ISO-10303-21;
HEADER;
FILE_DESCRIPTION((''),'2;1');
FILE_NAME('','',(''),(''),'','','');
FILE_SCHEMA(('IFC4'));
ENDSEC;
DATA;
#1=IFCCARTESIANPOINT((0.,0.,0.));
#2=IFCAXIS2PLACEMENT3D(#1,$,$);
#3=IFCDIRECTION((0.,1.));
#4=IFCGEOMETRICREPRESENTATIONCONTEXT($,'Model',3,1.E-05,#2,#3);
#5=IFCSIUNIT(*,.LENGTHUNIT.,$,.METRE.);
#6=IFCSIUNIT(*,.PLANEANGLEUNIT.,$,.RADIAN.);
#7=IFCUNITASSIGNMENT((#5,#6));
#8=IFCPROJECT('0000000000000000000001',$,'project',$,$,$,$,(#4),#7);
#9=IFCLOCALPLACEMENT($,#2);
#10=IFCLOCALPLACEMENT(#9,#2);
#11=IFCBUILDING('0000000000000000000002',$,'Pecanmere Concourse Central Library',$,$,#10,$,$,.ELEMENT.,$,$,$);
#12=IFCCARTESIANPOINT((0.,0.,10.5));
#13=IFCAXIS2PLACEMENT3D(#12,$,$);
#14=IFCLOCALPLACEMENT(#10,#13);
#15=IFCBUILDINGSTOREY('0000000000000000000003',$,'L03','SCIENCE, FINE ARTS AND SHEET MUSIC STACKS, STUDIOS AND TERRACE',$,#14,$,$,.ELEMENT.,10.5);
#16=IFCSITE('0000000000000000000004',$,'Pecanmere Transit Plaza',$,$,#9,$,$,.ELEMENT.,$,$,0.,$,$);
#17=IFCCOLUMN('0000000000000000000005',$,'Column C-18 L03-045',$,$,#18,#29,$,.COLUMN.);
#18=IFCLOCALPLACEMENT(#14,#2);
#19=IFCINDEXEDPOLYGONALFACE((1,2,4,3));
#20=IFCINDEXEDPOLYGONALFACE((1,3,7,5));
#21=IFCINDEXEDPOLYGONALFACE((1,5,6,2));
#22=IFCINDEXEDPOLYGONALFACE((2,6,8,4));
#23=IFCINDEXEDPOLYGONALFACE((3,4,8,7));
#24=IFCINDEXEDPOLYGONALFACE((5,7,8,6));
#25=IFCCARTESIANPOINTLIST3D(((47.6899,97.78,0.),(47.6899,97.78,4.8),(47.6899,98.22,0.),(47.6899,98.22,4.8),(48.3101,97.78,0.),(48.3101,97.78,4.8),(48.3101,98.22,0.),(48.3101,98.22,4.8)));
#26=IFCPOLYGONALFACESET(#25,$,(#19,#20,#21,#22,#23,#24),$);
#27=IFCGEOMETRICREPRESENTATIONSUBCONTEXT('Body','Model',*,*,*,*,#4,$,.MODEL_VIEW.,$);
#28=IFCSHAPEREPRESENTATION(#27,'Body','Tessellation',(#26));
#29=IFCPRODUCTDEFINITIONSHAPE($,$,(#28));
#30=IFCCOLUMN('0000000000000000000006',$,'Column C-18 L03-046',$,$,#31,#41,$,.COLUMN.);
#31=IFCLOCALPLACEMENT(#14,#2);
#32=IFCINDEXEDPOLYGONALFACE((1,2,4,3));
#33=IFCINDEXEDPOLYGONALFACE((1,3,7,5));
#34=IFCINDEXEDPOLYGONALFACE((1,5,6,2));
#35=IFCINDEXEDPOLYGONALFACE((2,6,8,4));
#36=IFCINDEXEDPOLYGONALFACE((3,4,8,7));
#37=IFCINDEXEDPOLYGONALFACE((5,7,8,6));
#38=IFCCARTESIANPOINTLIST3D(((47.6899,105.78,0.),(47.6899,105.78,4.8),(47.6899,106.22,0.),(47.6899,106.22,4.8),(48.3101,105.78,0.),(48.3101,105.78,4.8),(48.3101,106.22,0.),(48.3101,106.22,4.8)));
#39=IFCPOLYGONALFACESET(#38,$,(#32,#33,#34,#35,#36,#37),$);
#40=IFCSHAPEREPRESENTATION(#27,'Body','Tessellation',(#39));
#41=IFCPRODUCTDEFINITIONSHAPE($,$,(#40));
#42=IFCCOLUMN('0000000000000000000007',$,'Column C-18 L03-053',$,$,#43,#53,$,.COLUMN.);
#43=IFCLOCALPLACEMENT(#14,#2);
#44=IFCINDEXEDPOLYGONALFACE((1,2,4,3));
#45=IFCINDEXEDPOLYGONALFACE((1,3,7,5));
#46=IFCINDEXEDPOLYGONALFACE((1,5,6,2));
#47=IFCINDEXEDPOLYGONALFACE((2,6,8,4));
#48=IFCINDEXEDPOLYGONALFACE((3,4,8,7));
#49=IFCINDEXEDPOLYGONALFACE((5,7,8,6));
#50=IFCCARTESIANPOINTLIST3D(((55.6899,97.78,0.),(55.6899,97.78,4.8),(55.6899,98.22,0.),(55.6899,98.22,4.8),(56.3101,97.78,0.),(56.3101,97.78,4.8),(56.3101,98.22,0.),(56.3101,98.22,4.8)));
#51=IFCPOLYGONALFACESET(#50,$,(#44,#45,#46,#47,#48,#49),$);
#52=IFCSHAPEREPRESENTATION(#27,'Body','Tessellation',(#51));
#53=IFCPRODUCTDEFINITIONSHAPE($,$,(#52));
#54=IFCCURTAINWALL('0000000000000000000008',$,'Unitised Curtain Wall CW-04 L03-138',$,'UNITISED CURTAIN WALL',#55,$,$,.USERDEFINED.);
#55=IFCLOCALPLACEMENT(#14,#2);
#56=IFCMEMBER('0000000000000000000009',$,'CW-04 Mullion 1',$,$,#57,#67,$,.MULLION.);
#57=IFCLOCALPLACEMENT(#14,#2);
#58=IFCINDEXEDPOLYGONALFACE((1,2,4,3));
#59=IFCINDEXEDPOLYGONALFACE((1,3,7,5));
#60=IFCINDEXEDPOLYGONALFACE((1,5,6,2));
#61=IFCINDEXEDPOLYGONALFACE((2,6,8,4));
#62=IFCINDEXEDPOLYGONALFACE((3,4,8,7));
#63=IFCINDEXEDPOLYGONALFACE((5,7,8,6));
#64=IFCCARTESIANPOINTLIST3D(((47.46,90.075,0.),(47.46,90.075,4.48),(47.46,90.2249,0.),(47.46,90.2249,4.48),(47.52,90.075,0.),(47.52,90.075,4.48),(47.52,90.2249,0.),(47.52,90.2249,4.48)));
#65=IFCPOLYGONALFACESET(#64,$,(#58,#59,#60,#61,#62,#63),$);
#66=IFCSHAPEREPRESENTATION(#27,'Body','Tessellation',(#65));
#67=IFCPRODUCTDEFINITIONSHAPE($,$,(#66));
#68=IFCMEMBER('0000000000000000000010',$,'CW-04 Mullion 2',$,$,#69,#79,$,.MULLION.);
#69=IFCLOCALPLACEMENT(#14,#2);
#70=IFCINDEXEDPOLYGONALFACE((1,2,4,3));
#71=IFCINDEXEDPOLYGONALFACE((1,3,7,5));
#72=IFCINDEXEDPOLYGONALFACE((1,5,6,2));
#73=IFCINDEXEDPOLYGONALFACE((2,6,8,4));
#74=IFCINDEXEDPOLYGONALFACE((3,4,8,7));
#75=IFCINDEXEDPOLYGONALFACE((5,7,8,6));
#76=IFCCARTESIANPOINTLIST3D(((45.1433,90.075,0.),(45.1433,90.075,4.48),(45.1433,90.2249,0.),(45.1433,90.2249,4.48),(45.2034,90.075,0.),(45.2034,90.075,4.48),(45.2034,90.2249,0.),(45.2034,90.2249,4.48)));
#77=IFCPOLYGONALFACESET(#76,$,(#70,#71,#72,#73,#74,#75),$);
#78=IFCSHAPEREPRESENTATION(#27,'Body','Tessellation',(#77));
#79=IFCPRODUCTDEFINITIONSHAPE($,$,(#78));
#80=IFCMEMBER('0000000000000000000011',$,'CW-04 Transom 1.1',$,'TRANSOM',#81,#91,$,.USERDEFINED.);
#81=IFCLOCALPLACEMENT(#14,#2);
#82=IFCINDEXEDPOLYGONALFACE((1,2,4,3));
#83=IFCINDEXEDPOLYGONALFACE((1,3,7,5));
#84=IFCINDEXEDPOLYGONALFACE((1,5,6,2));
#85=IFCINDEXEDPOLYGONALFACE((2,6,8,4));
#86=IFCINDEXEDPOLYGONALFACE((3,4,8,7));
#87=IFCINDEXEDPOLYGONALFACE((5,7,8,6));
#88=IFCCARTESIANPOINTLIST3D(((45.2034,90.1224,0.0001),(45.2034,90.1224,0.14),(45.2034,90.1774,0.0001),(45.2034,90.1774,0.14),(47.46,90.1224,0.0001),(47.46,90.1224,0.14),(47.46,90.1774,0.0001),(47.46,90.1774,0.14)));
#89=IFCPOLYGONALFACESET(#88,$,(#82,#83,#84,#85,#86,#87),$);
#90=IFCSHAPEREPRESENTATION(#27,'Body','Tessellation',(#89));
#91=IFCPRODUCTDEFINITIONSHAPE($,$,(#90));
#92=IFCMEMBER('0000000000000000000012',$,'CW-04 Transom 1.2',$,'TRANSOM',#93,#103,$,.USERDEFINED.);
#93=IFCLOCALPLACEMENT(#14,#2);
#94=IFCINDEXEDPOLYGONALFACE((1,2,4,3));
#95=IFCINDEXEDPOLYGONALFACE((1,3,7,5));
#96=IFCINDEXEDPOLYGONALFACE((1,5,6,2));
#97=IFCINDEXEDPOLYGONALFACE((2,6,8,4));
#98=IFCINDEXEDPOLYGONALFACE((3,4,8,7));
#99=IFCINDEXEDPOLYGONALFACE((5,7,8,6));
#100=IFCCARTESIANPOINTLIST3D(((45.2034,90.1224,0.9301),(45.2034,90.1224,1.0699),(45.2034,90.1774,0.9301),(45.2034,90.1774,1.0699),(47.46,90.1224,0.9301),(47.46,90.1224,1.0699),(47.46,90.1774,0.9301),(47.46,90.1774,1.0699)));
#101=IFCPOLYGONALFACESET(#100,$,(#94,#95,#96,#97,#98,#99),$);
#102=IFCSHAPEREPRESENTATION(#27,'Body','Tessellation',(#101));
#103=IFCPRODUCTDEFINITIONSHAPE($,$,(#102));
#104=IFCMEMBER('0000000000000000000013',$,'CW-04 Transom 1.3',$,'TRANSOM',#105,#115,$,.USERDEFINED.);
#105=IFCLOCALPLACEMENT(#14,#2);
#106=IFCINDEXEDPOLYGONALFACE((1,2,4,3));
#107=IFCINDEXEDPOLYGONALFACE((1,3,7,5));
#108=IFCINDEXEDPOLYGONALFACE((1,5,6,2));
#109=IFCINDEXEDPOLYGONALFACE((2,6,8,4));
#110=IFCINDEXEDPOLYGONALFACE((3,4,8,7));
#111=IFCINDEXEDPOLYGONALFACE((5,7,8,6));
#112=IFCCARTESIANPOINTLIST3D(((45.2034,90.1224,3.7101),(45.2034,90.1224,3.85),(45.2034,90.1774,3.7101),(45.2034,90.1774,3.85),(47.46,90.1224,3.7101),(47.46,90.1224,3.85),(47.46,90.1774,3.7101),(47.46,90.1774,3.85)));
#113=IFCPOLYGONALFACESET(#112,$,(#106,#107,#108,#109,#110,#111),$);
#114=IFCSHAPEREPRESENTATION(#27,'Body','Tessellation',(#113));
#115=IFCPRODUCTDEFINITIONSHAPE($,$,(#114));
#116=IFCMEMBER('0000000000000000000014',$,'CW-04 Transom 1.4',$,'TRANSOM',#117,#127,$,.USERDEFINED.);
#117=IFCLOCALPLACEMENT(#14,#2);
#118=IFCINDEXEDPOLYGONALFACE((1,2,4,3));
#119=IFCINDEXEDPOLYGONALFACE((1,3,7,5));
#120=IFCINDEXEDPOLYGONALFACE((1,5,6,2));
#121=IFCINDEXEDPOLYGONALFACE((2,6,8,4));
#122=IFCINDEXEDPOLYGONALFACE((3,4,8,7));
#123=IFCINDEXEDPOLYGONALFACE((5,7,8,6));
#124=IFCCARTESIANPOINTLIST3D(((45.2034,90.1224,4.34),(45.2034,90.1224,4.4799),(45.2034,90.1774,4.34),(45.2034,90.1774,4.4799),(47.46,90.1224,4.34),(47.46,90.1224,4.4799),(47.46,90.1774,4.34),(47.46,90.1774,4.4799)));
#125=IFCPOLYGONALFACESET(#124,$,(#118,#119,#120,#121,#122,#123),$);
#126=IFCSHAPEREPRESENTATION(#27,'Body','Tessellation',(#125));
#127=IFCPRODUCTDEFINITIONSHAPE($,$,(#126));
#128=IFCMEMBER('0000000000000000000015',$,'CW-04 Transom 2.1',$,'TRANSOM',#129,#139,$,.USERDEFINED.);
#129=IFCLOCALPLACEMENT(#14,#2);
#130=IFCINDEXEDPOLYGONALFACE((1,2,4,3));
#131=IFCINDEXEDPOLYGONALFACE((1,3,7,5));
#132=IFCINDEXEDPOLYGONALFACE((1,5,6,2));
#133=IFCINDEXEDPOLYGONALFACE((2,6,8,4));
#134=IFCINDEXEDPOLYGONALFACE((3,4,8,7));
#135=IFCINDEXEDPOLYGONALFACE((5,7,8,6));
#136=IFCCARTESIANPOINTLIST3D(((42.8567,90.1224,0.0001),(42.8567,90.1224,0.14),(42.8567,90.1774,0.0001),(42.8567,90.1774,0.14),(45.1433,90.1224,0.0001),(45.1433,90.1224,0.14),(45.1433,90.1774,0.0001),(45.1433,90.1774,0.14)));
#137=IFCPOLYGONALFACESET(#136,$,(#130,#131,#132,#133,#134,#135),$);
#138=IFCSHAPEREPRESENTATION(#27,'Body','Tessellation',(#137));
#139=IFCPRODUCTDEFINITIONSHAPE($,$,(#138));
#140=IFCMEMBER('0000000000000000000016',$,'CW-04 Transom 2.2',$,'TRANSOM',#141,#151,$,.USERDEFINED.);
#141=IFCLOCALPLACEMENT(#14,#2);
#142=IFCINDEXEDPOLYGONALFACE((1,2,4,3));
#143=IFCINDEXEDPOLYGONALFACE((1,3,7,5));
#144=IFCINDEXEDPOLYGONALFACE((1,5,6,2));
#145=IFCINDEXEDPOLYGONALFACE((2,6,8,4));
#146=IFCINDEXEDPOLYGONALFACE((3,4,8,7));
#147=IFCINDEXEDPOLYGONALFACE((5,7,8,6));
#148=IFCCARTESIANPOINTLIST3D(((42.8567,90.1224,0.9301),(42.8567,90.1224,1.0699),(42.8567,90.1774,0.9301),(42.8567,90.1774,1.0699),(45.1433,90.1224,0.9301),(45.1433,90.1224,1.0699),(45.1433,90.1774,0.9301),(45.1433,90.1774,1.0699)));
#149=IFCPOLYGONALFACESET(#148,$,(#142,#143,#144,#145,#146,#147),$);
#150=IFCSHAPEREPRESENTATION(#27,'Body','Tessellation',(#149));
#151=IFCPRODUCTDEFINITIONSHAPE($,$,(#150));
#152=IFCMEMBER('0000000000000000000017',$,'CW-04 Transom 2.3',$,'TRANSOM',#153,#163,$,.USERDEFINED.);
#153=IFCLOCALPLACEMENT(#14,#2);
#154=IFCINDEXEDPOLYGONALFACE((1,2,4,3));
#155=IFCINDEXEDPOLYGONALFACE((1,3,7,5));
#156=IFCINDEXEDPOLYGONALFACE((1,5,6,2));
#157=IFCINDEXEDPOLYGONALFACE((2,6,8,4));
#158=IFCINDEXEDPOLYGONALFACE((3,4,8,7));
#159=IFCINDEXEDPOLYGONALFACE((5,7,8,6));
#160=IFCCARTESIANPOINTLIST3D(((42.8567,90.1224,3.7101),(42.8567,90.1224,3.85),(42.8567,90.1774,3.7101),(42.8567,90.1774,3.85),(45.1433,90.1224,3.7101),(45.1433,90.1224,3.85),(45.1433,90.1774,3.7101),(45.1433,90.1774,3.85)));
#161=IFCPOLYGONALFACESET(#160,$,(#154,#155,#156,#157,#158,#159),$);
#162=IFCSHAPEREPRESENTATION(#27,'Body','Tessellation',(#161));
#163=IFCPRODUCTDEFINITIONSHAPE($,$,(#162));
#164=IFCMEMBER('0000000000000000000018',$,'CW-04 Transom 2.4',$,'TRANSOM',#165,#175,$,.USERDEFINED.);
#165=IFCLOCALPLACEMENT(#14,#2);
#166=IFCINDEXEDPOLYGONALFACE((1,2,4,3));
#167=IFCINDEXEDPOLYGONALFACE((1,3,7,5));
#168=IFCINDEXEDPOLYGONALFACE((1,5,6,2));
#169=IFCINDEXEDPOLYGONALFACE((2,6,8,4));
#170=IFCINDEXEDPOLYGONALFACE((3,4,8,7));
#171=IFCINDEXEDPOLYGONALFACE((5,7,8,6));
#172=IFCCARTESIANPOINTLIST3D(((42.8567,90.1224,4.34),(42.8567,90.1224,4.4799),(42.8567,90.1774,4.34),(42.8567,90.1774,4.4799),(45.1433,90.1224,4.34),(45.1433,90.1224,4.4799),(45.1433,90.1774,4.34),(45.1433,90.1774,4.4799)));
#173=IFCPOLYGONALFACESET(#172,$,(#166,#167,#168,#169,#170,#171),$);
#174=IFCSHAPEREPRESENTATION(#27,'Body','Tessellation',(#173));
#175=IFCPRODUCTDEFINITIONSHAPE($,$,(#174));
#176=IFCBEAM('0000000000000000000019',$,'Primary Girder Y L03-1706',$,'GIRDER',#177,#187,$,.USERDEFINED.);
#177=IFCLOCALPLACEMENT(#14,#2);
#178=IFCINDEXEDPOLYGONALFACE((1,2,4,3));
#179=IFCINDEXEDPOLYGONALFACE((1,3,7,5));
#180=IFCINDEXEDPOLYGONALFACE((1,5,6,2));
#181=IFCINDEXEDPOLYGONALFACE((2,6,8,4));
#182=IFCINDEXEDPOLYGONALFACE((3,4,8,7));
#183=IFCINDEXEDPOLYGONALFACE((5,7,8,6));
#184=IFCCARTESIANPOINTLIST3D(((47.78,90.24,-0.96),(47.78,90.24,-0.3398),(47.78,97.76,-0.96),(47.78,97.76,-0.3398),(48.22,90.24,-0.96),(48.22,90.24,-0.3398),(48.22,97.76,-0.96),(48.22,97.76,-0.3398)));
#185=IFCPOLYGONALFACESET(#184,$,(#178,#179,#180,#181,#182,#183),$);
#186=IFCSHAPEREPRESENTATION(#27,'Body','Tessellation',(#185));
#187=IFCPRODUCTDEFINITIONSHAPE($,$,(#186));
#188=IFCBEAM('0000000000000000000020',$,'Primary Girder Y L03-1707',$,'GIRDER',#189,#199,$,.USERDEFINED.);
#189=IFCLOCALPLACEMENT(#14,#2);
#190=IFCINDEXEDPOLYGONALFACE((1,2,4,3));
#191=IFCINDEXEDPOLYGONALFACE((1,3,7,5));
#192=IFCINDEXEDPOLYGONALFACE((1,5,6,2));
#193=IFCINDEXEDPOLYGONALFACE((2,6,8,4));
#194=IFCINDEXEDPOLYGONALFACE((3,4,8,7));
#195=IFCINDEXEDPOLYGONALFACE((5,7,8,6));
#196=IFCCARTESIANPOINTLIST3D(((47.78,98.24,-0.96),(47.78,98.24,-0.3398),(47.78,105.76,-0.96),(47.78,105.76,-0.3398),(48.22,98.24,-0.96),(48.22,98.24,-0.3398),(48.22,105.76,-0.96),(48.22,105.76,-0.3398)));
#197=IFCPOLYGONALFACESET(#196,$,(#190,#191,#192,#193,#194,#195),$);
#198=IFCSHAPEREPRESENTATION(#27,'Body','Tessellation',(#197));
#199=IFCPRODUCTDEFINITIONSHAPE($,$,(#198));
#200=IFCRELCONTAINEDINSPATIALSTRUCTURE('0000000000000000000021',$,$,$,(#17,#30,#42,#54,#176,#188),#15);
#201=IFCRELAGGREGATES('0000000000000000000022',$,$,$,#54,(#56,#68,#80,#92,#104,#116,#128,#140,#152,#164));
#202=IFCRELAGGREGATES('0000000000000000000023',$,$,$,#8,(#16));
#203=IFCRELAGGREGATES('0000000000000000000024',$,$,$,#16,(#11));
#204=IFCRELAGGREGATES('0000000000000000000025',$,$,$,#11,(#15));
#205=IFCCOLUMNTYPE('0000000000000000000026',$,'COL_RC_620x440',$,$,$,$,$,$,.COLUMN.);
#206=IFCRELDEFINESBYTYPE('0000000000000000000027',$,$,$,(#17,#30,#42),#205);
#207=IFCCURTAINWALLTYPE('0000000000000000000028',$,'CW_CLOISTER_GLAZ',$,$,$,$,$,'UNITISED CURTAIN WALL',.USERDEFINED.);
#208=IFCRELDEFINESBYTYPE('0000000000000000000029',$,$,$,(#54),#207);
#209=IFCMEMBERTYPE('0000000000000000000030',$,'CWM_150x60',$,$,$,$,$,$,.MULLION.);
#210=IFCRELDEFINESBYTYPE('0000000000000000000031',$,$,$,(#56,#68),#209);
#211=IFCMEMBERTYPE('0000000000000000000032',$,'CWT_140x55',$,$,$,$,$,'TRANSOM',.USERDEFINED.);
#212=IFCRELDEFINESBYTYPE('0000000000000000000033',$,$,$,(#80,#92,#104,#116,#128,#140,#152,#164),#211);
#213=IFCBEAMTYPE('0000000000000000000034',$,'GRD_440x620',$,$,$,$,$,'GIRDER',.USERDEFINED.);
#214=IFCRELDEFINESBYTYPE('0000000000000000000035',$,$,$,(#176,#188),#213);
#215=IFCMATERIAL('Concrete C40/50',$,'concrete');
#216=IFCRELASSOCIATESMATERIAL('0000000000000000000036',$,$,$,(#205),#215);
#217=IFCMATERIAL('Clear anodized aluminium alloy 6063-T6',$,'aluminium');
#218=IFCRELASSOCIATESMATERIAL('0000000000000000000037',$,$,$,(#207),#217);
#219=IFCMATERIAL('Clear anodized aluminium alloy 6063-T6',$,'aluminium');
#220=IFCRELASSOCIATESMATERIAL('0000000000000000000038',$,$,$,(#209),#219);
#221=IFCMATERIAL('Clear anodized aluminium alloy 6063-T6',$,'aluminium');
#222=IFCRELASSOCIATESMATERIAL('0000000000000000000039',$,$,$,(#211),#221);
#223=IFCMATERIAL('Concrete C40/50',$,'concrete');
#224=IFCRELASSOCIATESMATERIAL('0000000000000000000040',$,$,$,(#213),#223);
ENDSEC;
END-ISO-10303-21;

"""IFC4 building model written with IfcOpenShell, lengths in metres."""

from ifc_helpers import new_model, si_unit, direction, frame, origin, origin_2d, place, context, subcontext, project, spatial, rectangle, extrude, material, material_profile, profile_set, type_object, element, aggregate, save


model = new_model("IFC4")

# Units and contexts
model_context = context("Model", 3, precision=1e-05, world=origin(), true_north=direction((0.0, 1.0)))
body_context = subcontext(model_context, "Body", "Model", "MODEL_VIEW")
ifc_project = project(units=[si_unit("LENGTHUNIT", "METRE"), si_unit("PLANEANGLEUNIT", "RADIAN")], contexts=[model_context])

# Site, building, storey
site_placement = place(None, origin())
site = spatial("IfcSite", under=ifc_project, at=site_placement, Name="Pecanmere Transit Plaza", CompositionType="ELEMENT", RefElevation=0.0)
building_placement = place(site_placement, origin())
building = spatial("IfcBuilding", under=site, at=building_placement, Name="Pecanmere Concourse Central Library", CompositionType="ELEMENT")
storey_placement = place(building_placement, frame((0.0, 0.0, 10.5)))
storey = spatial("IfcBuildingStorey", under=building, at=storey_placement, Name="L03", Description="SCIENCE, FINE ARTS AND SHEET MUSIC STACKS, STUDIOS AND TERRACE", CompositionType="ELEMENT", Elevation=10.5)

# Columns
ifc_material_1 = material(Name="Concrete C40/50", Category="concrete")
ifc_material_profile_1 = material_profile(ifc_material_1, rectangle(XDim=0.6201, YDim=0.4399, at=origin_2d()), Name="RC 620x440")
ifc_profile_set_1 = profile_set([ifc_material_profile_1], Name="Concrete C40/50")
column_type = type_object("IfcColumnType", Name="COL_RC_620x440", PredefinedType="COLUMN", material=ifc_profile_set_1)
for number, where, z_axis, x_axis, name in (
    (1, (48.0, 98.0, 0.0), (0.0, 0.0, 1.0), (1.0, 0.0, 0.0), "Column C-18 L03-045"),
    (2, (48.0, 106.0, 0.0), (0.0, 0.0, 1.0), (1.0, 0.0, 0.0), "Column C-18 L03-046"),
    (3, (56.0, 98.0, 0.0), (0.0, 0.0, 1.0), (1.0, 0.0, 0.0), "Column C-18 L03-053"),
):
    element("IfcColumn", number, at=place(storey_placement, frame(where, z_axis=z_axis, x_axis=x_axis)), inside=storey, type_object=column_type, Name=name, PredefinedType="COLUMN", context=body_context, shape_type="SweptSolid", body=[
        extrude(rectangle(XDim=0.6201, YDim=0.4399, at=origin_2d()), origin(), (0.0, 0.0, 1.0), 4.8),
    ])

# Curtain wall, members
ifc_material_2 = material(Name="Clear anodized aluminium alloy 6063-T6", Category="aluminium")
curtain_wall_type = type_object("IfcCurtainWallType", Name="CW_CLOISTER_GLAZ", ElementType="UNITISED CURTAIN WALL", PredefinedType="USERDEFINED", material=ifc_material_2)
curtain_wall_placement = place(storey_placement, origin())
curtain_wall = element("IfcCurtainWall", 4, at=curtain_wall_placement, inside=storey, type_object=curtain_wall_type, Name="Unitised Curtain Wall CW-04 L03-138", ObjectType="UNITISED CURTAIN WALL", PredefinedType="USERDEFINED")
ifc_material_3 = material(Name="Clear anodized aluminium alloy 6063-T6", Category="aluminium")
ifc_material_profile_2 = material_profile(ifc_material_3, rectangle(XDim=0.0601, YDim=0.1499, at=origin_2d()), Name="AL 60x150")
ifc_profile_set_2 = profile_set([ifc_material_profile_2], Name="Clear anodized aluminium alloy 6063-T6")
member_type_1 = type_object("IfcMemberType", Name="CWM_150x60", PredefinedType="MULLION", material=ifc_profile_set_2)
member_1_placement = place(storey_placement, frame((47.49, 90.1499, 0.0), z_axis=(0.0, 0.0, 1.0), x_axis=(-1.0, 0.0, 0.0)))
member_1 = element("IfcMember", 5, at=member_1_placement, type_object=member_type_1, Name="CW-04 Mullion 1", PredefinedType="MULLION", context=body_context, shape_type="SweptSolid", body=[
    extrude(rectangle(XDim=0.0601, YDim=0.1499, at=origin_2d()), origin(), (0.0, 0.0, 1.0), 4.48),
])
member_2_placement = place(storey_placement, frame((45.1733, 90.1499, 0.0), z_axis=(0.0, 0.0, 1.0), x_axis=(-1.0, 0.0, 0.0)))
member_2 = element("IfcMember", 6, at=member_2_placement, type_object=member_type_1, Name="CW-04 Mullion 2", PredefinedType="MULLION", context=body_context, shape_type="SweptSolid", body=[
    extrude(rectangle(XDim=0.0601, YDim=0.1499, at=origin_2d()), origin(), (0.0, 0.0, 1.0), 4.48),
])
ifc_material_4 = material(Name="Clear anodized aluminium alloy 6063-T6", Category="aluminium")
ifc_material_profile_3 = material_profile(ifc_material_4, rectangle(XDim=0.0549, YDim=0.1399, at=origin_2d()), Name="AL 55x140")
ifc_profile_set_3 = profile_set([ifc_material_profile_3], Name="Clear anodized aluminium alloy 6063-T6")
member_type_2 = type_object("IfcMemberType", Name="CWT_140x55", ElementType="TRANSOM", PredefinedType="USERDEFINED", material=ifc_profile_set_3)
member_3_placement = place(storey_placement, frame((47.46, 90.1499, 0.0701), z_axis=(-1.0, 0.0, 0.0), x_axis=(0.0, -1.0, 0.0)))
member_3 = element("IfcMember", 7, at=member_3_placement, type_object=member_type_2, Name="CW-04 Transom 1.1", ObjectType="TRANSOM", PredefinedType="USERDEFINED", context=body_context, shape_type="SweptSolid", body=[
    extrude(rectangle(XDim=0.0549, YDim=0.1399, at=origin_2d()), origin(), (0.0, 0.0, 1.0), 2.2566),
])
member_4_placement = place(storey_placement, frame((47.46, 90.1499, 1.0), z_axis=(-1.0, 0.0, 0.0), x_axis=(0.0, -1.0, 0.0)))
member_4 = element("IfcMember", 8, at=member_4_placement, type_object=member_type_2, Name="CW-04 Transom 1.2", ObjectType="TRANSOM", PredefinedType="USERDEFINED", context=body_context, shape_type="SweptSolid", body=[
    extrude(rectangle(XDim=0.0549, YDim=0.1399, at=origin_2d()), origin(), (0.0, 0.0, 1.0), 2.2566),
])
member_5_placement = place(storey_placement, frame((47.46, 90.1499, 3.78), z_axis=(-1.0, 0.0, 0.0), x_axis=(0.0, -1.0, 0.0)))
member_5 = element("IfcMember", 9, at=member_5_placement, type_object=member_type_2, Name="CW-04 Transom 1.3", ObjectType="TRANSOM", PredefinedType="USERDEFINED", context=body_context, shape_type="SweptSolid", body=[
    extrude(rectangle(XDim=0.0549, YDim=0.1399, at=origin_2d()), origin(), (0.0, 0.0, 1.0), 2.2566),
])
member_6_placement = place(storey_placement, frame((47.46, 90.1499, 4.4099), z_axis=(-1.0, 0.0, 0.0), x_axis=(0.0, -1.0, 0.0)))
member_6 = element("IfcMember", 10, at=member_6_placement, type_object=member_type_2, Name="CW-04 Transom 1.4", ObjectType="TRANSOM", PredefinedType="USERDEFINED", context=body_context, shape_type="SweptSolid", body=[
    extrude(rectangle(XDim=0.0549, YDim=0.1399, at=origin_2d()), origin(), (0.0, 0.0, 1.0), 2.2566),
])
member_7_placement = place(storey_placement, frame((45.1433, 90.1499, 0.0701), z_axis=(-1.0, 0.0, 0.0), x_axis=(0.0, -1.0, 0.0)))
member_7 = element("IfcMember", 11, at=member_7_placement, type_object=member_type_2, Name="CW-04 Transom 2.1", ObjectType="TRANSOM", PredefinedType="USERDEFINED", context=body_context, shape_type="SweptSolid", body=[
    extrude(rectangle(XDim=0.0549, YDim=0.1399, at=origin_2d()), origin(), (0.0, 0.0, 1.0), 2.2866),
])
member_8_placement = place(storey_placement, frame((45.1433, 90.1499, 1.0), z_axis=(-1.0, 0.0, 0.0), x_axis=(0.0, -1.0, 0.0)))
member_8 = element("IfcMember", 12, at=member_8_placement, type_object=member_type_2, Name="CW-04 Transom 2.2", ObjectType="TRANSOM", PredefinedType="USERDEFINED", context=body_context, shape_type="SweptSolid", body=[
    extrude(rectangle(XDim=0.0549, YDim=0.1399, at=origin_2d()), origin(), (0.0, 0.0, 1.0), 2.2866),
])
member_9_placement = place(storey_placement, frame((45.1433, 90.1499, 3.78), z_axis=(-1.0, 0.0, 0.0), x_axis=(0.0, -1.0, 0.0)))
member_9 = element("IfcMember", 13, at=member_9_placement, type_object=member_type_2, Name="CW-04 Transom 2.3", ObjectType="TRANSOM", PredefinedType="USERDEFINED", context=body_context, shape_type="SweptSolid", body=[
    extrude(rectangle(XDim=0.0549, YDim=0.1399, at=origin_2d()), origin(), (0.0, 0.0, 1.0), 2.2866),
])
member_10_placement = place(storey_placement, frame((45.1433, 90.1499, 4.4099), z_axis=(-1.0, 0.0, 0.0), x_axis=(0.0, -1.0, 0.0)))
member_10 = element("IfcMember", 14, at=member_10_placement, type_object=member_type_2, Name="CW-04 Transom 2.4", ObjectType="TRANSOM", PredefinedType="USERDEFINED", context=body_context, shape_type="SweptSolid", body=[
    extrude(rectangle(XDim=0.0549, YDim=0.1399, at=origin_2d()), origin(), (0.0, 0.0, 1.0), 2.2866),
])

# Beams
ifc_material_5 = material(Name="Concrete C40/50", Category="concrete")
ifc_material_profile_4 = material_profile(ifc_material_5, rectangle(XDim=0.4399, YDim=0.6201, at=origin_2d()), Name="RC 440x620")
ifc_profile_set_4 = profile_set([ifc_material_profile_4], Name="Concrete C40/50")
beam_type_1 = type_object("IfcBeamType", Name="GRD_440x620", ElementType="GIRDER", PredefinedType="USERDEFINED", material=ifc_profile_set_4)
for number, where, z_axis, x_axis, name in (
    (15, (48.0, 90.24, -0.6499), (0.0, 1.0, 0.0), (-1.0, 0.0, 0.0), "Primary Girder Y L03-1706"),
    (16, (48.0, 98.24, -0.6499), (0.0, 1.0, 0.0), (-1.0, 0.0, 0.0), "Primary Girder Y L03-1707"),
):
    element("IfcBeam", number, at=place(storey_placement, frame(where, z_axis=z_axis, x_axis=x_axis)), inside=storey, type_object=beam_type_1, Name=name, ObjectType="GIRDER", PredefinedType="USERDEFINED", context=body_context, shape_type="SweptSolid", body=[
        extrude(rectangle(XDim=0.4399, YDim=0.6201, at=origin_2d()), origin(), (0.0, 0.0, 1.0), 7.52),
    ])

aggregate(curtain_wall, [member_1, member_2, member_3, member_4, member_5, member_6, member_7, member_8, member_9, member_10])

save(model, "model.ifc")
